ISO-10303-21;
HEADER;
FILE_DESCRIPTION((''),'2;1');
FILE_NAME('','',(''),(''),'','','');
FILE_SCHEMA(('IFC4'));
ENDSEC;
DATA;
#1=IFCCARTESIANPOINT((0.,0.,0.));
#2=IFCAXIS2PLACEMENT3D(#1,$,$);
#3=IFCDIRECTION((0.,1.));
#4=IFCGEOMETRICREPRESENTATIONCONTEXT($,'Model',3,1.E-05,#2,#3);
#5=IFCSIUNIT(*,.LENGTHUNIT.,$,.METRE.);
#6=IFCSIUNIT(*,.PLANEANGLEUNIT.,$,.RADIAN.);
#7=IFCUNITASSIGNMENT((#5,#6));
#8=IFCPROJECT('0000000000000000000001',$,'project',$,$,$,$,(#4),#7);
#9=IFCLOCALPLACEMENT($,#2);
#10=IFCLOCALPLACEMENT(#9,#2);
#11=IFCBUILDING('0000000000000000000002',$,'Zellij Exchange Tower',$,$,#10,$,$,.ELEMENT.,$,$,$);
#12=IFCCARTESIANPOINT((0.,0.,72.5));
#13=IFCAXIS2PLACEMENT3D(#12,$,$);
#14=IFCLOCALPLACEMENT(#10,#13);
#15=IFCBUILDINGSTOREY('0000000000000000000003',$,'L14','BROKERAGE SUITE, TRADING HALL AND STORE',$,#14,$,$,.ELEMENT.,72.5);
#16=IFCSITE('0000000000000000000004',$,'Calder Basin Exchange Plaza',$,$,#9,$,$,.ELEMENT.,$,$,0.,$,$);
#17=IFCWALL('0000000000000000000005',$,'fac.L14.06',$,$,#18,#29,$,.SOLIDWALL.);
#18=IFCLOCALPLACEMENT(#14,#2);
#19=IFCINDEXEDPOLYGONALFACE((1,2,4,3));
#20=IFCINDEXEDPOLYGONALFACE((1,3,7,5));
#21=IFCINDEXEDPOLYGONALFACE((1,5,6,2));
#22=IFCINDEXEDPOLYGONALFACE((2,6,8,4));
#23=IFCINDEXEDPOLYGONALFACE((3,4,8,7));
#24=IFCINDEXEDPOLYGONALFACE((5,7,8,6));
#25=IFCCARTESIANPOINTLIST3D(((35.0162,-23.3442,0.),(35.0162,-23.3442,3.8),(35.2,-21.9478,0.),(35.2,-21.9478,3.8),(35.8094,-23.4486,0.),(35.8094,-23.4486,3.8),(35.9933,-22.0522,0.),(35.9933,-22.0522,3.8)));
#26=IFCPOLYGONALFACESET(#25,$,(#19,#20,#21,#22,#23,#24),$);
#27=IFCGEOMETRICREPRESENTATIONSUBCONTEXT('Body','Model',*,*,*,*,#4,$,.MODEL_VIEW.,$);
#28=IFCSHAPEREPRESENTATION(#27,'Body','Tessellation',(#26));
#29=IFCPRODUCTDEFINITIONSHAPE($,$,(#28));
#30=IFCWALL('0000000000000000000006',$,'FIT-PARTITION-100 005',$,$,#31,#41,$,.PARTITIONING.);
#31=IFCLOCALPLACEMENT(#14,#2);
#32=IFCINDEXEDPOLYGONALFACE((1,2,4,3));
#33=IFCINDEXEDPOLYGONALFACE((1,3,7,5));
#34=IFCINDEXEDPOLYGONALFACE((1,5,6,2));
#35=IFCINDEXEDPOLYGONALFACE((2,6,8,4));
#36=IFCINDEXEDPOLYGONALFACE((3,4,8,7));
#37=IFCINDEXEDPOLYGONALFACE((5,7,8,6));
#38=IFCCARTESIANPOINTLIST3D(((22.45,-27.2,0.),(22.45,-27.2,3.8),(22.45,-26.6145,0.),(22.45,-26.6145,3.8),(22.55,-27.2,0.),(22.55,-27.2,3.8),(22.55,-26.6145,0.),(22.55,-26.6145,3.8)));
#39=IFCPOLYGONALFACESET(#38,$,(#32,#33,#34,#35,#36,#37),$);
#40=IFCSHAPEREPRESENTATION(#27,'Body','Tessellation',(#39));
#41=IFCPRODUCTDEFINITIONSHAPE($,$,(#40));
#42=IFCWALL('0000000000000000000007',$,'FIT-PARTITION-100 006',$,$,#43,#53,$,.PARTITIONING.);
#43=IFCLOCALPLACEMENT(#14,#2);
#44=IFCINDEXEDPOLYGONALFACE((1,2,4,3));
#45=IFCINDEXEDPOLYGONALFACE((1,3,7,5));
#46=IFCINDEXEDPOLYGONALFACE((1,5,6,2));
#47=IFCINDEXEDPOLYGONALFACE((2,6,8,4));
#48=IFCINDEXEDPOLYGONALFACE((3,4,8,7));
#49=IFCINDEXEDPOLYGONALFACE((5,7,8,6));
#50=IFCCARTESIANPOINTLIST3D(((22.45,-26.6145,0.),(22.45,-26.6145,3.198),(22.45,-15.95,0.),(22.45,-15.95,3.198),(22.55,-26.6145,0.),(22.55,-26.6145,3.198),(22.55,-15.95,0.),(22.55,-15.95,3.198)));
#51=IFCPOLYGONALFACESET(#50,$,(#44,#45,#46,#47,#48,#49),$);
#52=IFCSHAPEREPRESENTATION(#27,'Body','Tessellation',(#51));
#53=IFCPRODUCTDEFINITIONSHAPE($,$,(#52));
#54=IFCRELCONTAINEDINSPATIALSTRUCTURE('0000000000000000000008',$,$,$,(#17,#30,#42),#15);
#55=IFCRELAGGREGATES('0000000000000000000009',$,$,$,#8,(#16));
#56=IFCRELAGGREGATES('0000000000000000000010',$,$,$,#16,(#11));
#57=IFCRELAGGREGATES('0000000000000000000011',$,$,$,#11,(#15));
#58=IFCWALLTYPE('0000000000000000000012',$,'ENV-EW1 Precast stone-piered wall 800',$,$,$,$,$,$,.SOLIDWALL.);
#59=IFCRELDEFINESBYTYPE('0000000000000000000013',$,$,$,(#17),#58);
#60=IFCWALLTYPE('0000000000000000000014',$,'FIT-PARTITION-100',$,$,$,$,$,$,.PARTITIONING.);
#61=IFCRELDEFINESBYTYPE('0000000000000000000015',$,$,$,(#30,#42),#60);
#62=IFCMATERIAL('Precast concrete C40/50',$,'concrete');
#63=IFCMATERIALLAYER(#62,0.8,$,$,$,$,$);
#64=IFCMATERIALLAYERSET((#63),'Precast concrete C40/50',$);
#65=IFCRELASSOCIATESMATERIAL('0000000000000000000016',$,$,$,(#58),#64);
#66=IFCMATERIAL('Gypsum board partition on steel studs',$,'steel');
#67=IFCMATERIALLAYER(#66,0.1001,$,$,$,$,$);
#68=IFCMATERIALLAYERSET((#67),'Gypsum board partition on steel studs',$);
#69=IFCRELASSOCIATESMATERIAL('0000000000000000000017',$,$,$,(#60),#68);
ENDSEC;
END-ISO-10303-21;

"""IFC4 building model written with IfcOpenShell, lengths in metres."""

from ifc_helpers import new_model, si_unit, direction, frame, frame_2d, origin, place, context, subcontext, project, spatial, rectangle, extrude, material, layer, layer_set, type_object, element, save


model = new_model("IFC4")

# Units and contexts
model_context = context("Model", 3, precision=1e-05, world=origin(), true_north=direction((0.0, 1.0)))
body_context = subcontext(model_context, "Body", "Model", "MODEL_VIEW")
ifc_project = project(units=[si_unit("LENGTHUNIT", "METRE"), si_unit("PLANEANGLEUNIT", "RADIAN")], contexts=[model_context])

# Site, building, storey
site_placement = place(None, origin())
site = spatial("IfcSite", under=ifc_project, at=site_placement, Name="Calder Basin Exchange Plaza", CompositionType="ELEMENT", RefElevation=0.0)
building_placement = place(site_placement, origin())
building = spatial("IfcBuilding", under=site, at=building_placement, Name="Zellij Exchange Tower", CompositionType="ELEMENT")
storey_placement = place(building_placement, frame((0.0, 0.0, 72.5)))
storey = spatial("IfcBuildingStorey", under=building, at=storey_placement, Name="L14", Description="BROKERAGE SUITE, TRADING HALL AND STORE", CompositionType="ELEMENT", Elevation=72.5)

# Wall
ifc_material_1 = material(Name="Precast concrete C40/50", Category="concrete")
ifc_layer_1 = layer(ifc_material_1, 0.8)
ifc_layer_set_1 = layer_set([ifc_layer_1], Name="Precast concrete C40/50")
wall_type_1 = type_object("IfcWallType", Name="ENV-EW1 Precast stone-piered wall 800", PredefinedType="SOLIDWALL", material=ifc_layer_set_1)
wall_1_placement = place(storey_placement, frame((35.4128, -23.3962, 0.0), z_axis=(0.0, 0.0, 1.0), x_axis=(0.130517, 0.991446, 0.0)))
element("IfcWall", 1, at=wall_1_placement, inside=storey, type_object=wall_type_1, Name="fac.L14.06", PredefinedType="SOLIDWALL", context=body_context, shape_type="SweptSolid", body=[
    extrude(rectangle(XDim=1.4084, YDim=0.8, at=frame_2d((0.7041, 0.0))), origin(), (0.0, 0.0, 1.0), 3.8),
])

# Walls
ifc_material_2 = material(Name="Gypsum board partition on steel studs", Category="steel")
ifc_layer_2 = layer(ifc_material_2, 0.1001)
ifc_layer_set_2 = layer_set([ifc_layer_2], Name="Gypsum board partition on steel studs")
wall_type_2 = type_object("IfcWallType", Name="FIT-PARTITION-100", PredefinedType="PARTITIONING", material=ifc_layer_set_2)
wall_2_placement = place(storey_placement, frame((22.5, -27.2, 0.0), z_axis=(0.0, 0.0, 1.0), x_axis=(0.0, 1.0, 0.0)))
element("IfcWall", 2, at=wall_2_placement, inside=storey, type_object=wall_type_2, Name="FIT-PARTITION-100 005", PredefinedType="PARTITIONING", context=body_context, shape_type="SweptSolid", body=[
    extrude(rectangle(XDim=0.5854, YDim=0.1001, at=frame_2d((0.2927, 0.0))), origin(), (0.0, 0.0, 1.0), 3.8),
])
wall_3_placement = place(storey_placement, frame((22.5, -26.6145, 0.0), z_axis=(0.0, 0.0, 1.0), x_axis=(0.0, 1.0, 0.0)))
element("IfcWall", 3, at=wall_3_placement, inside=storey, type_object=wall_type_2, Name="FIT-PARTITION-100 006", PredefinedType="PARTITIONING", context=body_context, shape_type="SweptSolid", body=[
    extrude(rectangle(XDim=10.6646, YDim=0.1001, at=frame_2d((5.3323, 0.0))), origin(), (0.0, 0.0, 1.0), 3.198),
])

save(model, "model.ifc")
